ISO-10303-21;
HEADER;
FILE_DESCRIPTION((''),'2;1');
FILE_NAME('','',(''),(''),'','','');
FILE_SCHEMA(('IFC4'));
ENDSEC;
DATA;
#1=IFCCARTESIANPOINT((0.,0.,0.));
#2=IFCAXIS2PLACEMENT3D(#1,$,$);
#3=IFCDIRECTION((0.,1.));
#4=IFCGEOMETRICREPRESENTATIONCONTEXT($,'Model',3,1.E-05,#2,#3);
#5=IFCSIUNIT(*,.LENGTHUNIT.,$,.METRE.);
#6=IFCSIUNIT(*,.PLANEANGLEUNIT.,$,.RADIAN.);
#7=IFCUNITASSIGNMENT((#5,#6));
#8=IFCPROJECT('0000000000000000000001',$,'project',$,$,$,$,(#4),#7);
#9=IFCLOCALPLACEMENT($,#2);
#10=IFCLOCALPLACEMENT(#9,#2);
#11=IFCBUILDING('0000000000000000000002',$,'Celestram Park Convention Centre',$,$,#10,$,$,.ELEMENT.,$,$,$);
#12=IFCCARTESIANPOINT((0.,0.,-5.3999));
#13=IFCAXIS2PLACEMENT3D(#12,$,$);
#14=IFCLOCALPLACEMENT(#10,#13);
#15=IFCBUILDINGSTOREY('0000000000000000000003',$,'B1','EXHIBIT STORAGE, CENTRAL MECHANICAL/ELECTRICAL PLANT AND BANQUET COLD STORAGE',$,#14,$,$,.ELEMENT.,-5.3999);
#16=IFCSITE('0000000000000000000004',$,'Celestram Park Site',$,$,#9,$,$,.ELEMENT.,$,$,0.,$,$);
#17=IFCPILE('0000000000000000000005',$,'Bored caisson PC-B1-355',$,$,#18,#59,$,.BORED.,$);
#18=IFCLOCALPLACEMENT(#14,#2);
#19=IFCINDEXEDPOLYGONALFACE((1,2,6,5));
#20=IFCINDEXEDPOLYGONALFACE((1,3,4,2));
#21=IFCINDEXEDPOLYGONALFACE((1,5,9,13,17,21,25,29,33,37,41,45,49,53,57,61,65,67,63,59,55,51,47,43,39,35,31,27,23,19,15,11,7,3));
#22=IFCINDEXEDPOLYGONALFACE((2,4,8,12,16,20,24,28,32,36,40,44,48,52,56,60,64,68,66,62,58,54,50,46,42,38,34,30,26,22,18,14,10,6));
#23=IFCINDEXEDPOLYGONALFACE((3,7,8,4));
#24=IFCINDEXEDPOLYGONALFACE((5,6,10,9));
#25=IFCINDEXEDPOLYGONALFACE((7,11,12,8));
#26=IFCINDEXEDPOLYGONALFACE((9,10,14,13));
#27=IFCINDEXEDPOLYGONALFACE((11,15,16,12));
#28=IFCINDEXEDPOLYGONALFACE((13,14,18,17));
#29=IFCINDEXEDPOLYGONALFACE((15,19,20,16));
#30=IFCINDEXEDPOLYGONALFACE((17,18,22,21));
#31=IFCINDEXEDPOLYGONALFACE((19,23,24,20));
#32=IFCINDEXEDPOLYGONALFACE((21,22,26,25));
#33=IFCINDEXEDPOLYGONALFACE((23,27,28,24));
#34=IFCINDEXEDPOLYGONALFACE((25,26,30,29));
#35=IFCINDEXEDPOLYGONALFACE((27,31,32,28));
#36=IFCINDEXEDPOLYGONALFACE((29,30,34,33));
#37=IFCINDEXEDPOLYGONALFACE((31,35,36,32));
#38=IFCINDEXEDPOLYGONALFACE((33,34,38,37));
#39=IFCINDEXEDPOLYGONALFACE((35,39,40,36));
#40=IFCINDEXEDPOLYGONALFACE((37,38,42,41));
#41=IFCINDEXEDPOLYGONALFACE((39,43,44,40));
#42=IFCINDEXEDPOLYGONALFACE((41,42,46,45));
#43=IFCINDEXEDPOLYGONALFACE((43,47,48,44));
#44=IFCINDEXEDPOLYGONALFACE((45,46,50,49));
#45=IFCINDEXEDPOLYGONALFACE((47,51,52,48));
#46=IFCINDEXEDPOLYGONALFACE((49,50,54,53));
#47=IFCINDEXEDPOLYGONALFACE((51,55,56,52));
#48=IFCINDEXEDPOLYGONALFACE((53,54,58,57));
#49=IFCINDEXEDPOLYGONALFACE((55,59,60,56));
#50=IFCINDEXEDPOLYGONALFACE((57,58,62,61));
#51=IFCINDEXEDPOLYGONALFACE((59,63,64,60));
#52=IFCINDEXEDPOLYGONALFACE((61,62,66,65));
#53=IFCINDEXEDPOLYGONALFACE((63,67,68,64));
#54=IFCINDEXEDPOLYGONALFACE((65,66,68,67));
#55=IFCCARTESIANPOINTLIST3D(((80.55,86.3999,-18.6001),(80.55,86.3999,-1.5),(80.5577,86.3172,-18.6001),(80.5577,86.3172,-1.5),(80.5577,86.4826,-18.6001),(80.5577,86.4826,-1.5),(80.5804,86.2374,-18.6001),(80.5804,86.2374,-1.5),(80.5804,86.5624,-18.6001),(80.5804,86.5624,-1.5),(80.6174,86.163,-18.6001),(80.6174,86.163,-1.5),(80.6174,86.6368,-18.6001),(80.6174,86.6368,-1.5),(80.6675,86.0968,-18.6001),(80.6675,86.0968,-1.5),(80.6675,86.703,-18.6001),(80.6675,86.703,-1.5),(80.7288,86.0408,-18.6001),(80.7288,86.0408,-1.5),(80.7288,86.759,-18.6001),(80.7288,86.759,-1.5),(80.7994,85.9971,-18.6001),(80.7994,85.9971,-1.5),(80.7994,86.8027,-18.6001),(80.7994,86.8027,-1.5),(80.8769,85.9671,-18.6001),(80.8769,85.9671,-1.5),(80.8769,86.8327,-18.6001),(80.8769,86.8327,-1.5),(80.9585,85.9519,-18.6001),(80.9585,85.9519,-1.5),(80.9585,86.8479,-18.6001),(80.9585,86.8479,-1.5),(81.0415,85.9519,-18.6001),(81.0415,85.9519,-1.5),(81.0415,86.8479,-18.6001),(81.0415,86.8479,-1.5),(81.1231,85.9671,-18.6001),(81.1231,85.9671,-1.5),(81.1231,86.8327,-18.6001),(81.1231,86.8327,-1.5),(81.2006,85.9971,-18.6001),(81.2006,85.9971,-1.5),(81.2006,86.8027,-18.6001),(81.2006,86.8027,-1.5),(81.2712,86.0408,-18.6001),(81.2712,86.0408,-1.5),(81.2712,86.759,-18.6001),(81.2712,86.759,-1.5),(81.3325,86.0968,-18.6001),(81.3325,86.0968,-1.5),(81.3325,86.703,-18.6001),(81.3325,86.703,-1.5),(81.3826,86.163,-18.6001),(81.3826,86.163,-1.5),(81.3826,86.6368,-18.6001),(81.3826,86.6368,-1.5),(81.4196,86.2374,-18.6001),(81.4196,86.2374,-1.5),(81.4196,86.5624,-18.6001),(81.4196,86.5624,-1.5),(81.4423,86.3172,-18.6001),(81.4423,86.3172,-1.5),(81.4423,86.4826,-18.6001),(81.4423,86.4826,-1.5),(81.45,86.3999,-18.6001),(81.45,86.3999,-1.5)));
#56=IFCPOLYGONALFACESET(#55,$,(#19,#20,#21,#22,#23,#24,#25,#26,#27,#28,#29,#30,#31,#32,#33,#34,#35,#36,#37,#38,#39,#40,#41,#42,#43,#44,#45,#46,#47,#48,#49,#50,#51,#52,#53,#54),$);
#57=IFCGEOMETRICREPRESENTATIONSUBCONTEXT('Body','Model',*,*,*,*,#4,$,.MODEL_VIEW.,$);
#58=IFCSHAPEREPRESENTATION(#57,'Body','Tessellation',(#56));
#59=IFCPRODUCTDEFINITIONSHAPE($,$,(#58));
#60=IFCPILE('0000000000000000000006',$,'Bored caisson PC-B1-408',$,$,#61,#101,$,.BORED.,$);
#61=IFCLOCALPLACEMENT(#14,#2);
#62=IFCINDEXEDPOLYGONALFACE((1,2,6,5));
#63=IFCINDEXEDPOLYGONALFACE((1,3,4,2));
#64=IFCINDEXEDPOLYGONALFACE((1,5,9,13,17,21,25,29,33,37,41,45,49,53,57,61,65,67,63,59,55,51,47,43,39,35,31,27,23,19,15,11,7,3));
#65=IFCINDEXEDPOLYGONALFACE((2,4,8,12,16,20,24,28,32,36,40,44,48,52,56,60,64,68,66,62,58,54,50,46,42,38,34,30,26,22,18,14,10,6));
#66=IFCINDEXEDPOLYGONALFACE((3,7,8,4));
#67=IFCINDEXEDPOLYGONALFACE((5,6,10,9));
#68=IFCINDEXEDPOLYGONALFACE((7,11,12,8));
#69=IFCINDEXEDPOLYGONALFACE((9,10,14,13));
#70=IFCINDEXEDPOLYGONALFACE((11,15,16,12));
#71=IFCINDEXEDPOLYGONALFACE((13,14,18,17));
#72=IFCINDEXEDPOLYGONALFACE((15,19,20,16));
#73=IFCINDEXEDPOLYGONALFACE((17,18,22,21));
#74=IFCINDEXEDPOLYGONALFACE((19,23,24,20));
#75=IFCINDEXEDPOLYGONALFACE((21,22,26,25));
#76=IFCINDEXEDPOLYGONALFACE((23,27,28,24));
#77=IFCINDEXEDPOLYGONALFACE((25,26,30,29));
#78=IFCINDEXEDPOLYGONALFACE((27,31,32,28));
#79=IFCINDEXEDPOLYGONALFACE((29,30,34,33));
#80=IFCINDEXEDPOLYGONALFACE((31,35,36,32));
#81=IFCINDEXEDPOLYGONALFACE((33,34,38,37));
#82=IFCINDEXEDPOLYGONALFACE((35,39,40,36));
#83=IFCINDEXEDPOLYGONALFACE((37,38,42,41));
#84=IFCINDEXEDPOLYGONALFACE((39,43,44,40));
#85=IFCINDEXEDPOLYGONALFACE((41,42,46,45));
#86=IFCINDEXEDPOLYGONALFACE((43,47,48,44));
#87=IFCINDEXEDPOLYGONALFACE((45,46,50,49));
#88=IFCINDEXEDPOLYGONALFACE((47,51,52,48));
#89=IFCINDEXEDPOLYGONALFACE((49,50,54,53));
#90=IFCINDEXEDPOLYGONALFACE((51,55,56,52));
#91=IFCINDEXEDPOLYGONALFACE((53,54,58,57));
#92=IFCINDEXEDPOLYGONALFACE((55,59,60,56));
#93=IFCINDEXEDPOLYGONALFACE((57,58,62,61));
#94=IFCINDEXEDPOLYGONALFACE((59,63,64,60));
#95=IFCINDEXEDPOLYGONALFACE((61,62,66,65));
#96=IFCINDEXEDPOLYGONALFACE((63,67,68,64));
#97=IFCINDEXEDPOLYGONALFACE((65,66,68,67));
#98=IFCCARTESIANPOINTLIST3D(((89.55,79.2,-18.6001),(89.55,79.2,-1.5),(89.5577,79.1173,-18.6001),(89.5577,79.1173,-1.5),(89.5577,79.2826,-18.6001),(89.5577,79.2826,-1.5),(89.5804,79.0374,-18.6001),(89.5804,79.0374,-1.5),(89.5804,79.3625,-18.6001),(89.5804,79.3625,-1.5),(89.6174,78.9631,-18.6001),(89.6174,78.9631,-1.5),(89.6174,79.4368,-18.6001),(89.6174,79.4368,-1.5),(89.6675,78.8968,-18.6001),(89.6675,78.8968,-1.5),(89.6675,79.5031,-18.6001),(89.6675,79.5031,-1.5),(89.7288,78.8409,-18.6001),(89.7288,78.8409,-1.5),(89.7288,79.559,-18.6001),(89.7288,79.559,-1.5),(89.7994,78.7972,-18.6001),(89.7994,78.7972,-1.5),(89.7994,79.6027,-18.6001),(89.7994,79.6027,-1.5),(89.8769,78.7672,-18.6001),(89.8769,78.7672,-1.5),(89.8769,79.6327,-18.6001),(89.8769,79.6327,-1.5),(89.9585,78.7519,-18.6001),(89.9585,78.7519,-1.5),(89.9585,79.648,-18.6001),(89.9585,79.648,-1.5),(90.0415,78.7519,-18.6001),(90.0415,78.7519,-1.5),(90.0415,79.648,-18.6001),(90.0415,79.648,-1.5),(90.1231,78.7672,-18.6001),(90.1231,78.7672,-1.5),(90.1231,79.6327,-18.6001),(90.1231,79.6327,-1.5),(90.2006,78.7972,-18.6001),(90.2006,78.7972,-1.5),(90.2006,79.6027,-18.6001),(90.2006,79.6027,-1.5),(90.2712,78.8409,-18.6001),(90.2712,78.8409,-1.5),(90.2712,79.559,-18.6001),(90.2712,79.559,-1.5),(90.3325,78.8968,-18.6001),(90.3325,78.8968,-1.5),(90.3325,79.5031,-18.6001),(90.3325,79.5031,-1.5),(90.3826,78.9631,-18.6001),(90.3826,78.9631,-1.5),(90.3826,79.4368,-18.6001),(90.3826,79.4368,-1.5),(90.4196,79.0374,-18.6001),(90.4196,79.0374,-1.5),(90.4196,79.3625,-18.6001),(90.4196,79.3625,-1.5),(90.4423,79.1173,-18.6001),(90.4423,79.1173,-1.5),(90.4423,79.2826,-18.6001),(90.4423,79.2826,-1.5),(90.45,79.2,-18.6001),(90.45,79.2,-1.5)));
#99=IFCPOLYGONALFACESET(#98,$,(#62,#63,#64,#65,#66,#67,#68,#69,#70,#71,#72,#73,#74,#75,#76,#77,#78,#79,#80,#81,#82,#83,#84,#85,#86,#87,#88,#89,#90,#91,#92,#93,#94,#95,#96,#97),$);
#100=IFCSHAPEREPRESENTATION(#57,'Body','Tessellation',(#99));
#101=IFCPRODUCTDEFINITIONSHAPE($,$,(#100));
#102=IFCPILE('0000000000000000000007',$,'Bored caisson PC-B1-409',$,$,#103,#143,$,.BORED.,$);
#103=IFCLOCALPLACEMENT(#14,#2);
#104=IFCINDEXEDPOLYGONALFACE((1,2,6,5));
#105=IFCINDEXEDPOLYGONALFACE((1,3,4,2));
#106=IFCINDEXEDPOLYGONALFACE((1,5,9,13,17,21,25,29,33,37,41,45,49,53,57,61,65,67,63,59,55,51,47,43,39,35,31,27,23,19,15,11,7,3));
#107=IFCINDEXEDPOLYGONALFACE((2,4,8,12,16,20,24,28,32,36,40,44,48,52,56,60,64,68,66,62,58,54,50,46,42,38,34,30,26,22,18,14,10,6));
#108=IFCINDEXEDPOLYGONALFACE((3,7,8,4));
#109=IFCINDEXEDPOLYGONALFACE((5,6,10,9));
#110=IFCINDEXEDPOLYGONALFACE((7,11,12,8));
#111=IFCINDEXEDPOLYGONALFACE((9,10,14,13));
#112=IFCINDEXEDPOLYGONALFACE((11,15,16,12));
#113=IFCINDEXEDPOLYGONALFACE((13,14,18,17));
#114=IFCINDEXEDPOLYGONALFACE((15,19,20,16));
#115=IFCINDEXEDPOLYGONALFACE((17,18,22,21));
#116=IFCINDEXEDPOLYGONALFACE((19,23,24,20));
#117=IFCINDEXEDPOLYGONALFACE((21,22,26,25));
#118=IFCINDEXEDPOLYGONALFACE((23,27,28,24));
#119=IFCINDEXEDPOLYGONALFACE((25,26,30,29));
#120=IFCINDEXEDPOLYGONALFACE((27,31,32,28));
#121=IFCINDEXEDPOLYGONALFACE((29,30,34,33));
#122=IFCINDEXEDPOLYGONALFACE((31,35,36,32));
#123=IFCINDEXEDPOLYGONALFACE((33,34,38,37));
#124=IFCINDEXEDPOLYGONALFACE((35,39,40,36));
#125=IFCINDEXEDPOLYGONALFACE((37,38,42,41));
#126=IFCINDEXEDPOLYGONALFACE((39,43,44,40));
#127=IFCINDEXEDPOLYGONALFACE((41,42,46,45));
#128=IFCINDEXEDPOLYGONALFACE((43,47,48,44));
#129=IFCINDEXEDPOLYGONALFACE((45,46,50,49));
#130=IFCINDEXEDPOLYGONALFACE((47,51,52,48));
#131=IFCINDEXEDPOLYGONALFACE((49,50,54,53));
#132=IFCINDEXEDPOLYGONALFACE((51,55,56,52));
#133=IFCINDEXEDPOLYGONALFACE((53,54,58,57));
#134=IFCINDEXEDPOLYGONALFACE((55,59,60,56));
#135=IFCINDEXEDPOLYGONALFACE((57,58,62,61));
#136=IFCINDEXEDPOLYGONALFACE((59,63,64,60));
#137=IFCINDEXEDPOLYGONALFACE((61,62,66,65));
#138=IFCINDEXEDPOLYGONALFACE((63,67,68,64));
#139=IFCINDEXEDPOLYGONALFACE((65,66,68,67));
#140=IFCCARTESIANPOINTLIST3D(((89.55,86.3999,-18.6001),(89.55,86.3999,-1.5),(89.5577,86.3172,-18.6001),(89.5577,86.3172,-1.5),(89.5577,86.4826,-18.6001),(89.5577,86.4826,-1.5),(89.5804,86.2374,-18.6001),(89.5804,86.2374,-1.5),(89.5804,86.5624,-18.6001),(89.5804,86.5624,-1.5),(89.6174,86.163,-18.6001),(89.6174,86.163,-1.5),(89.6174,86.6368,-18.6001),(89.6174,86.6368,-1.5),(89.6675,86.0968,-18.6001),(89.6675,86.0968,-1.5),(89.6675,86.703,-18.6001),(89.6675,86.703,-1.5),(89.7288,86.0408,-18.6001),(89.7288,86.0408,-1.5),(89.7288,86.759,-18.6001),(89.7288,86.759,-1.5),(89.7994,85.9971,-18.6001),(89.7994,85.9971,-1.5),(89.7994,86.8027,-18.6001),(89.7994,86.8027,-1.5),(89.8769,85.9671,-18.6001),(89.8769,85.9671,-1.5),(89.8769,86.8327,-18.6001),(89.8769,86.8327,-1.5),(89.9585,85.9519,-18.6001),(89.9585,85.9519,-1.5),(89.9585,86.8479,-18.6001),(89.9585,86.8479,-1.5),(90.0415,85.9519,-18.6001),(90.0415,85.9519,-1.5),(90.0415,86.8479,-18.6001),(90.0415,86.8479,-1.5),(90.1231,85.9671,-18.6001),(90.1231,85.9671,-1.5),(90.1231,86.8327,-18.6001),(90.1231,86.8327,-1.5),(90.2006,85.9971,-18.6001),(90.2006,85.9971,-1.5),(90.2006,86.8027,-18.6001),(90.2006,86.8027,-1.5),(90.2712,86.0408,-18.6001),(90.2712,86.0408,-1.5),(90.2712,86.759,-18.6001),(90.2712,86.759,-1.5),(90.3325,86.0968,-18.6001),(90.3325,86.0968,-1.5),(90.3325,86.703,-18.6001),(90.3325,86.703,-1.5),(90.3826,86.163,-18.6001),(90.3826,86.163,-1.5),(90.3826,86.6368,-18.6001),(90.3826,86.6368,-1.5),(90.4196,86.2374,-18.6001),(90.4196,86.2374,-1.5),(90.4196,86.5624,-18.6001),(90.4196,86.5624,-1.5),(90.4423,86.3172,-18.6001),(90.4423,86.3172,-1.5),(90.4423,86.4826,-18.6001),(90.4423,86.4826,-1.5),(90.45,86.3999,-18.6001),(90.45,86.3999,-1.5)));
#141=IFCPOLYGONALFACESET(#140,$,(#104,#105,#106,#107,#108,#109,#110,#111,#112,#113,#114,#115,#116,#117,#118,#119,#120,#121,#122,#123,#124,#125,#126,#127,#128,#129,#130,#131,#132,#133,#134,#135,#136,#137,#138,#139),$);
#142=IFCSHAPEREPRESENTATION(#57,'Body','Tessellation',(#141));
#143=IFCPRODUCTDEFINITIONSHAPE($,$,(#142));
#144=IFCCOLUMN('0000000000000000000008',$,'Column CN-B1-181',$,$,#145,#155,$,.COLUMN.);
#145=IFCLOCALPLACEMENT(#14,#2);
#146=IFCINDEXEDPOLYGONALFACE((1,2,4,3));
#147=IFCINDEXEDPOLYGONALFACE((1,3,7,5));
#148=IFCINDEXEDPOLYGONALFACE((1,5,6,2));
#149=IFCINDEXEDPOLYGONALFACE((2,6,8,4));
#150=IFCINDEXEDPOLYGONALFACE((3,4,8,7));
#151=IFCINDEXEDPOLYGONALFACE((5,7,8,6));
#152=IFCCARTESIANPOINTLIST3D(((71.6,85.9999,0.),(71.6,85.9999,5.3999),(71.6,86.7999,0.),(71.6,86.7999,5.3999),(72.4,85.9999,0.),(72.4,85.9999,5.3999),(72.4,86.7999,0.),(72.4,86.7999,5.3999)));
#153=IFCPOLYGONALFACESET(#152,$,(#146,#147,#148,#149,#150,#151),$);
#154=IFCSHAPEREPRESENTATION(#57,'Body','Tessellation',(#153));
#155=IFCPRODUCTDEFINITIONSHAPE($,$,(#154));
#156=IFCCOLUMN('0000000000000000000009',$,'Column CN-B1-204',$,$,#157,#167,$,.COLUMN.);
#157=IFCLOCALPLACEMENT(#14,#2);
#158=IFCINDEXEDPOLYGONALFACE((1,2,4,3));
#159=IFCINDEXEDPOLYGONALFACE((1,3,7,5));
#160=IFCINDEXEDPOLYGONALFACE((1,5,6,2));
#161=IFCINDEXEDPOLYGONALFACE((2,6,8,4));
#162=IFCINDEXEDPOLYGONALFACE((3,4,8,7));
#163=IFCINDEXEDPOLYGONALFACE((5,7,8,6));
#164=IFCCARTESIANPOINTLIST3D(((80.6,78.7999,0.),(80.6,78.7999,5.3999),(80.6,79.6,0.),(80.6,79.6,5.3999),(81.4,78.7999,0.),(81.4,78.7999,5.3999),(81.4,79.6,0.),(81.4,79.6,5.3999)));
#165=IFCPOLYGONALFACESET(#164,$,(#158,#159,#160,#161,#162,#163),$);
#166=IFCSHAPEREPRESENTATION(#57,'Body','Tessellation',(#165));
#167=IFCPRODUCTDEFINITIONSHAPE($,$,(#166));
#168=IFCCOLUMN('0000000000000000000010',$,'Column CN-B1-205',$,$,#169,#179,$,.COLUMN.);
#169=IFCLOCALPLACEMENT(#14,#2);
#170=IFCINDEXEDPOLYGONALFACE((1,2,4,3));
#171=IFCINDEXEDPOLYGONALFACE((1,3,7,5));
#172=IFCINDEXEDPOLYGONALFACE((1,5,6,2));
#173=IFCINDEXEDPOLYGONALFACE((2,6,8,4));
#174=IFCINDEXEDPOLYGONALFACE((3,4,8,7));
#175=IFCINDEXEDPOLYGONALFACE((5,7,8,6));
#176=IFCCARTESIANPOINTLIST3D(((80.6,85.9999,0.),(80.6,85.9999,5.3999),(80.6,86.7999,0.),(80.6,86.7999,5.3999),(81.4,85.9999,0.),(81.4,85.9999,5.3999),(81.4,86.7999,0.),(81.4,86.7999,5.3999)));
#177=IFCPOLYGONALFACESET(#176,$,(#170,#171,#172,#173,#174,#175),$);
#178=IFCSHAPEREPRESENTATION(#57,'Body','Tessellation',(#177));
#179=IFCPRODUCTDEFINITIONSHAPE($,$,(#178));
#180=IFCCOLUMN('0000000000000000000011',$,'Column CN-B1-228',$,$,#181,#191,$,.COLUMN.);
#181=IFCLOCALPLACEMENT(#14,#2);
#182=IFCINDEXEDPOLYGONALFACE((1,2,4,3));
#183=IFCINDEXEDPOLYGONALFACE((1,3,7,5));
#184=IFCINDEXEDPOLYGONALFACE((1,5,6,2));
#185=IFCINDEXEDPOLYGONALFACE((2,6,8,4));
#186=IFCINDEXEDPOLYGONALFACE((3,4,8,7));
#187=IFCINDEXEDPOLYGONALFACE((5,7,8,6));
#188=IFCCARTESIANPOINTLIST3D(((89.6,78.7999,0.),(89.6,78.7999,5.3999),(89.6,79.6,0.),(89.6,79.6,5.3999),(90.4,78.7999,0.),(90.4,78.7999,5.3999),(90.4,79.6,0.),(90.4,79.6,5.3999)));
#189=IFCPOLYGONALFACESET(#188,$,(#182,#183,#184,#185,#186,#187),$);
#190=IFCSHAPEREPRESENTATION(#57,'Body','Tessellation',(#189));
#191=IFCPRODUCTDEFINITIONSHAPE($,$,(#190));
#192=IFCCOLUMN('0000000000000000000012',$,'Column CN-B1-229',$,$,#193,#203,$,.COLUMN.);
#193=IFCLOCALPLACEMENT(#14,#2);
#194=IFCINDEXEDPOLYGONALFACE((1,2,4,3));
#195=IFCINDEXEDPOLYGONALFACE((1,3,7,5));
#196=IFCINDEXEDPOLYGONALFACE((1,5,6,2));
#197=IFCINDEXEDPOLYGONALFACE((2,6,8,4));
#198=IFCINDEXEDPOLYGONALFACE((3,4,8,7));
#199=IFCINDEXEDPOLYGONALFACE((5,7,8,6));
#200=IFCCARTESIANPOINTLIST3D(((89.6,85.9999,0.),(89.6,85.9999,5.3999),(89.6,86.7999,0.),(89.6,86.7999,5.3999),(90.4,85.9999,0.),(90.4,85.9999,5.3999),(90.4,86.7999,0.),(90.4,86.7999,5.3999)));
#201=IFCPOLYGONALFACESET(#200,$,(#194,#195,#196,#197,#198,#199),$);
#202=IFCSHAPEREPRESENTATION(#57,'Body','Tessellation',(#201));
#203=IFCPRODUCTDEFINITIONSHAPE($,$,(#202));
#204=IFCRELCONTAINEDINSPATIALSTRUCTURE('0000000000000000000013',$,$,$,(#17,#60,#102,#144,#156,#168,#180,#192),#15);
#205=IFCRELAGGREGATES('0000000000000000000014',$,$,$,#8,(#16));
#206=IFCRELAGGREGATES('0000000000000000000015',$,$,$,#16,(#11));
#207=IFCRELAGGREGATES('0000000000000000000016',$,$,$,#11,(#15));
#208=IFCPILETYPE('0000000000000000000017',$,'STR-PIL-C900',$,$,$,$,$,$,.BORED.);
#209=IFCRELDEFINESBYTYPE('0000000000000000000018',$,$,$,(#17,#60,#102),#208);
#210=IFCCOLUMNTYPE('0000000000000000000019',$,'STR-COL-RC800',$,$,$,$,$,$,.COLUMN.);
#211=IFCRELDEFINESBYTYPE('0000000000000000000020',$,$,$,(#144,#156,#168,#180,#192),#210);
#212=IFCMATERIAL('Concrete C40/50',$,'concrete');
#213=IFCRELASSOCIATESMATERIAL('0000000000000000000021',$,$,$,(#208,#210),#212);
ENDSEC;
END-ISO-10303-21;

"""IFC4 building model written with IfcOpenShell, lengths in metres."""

from ifc_helpers import new_model, si_unit, direction, frame, origin, origin_2d, place, context, subcontext, project, spatial, rectangle, circle, extrude, material, material_profile, profile_set, type_object, element, save


model = new_model("IFC4")

# Units and contexts
model_context = context("Model", 3, precision=1e-05, world=origin(), true_north=direction((0.0, 1.0)))
body_context = subcontext(model_context, "Body", "Model", "MODEL_VIEW")
ifc_project = project(units=[si_unit("LENGTHUNIT", "METRE"), si_unit("PLANEANGLEUNIT", "RADIAN")], contexts=[model_context])

# Site, building, storey
site_placement = place(None, origin())
site = spatial("IfcSite", under=ifc_project, at=site_placement, Name="Celestram Park Site", CompositionType="ELEMENT", RefElevation=0.0)
building_placement = place(site_placement, origin())
building = spatial("IfcBuilding", under=site, at=building_placement, Name="Celestram Park Convention Centre", CompositionType="ELEMENT")
storey_placement = place(building_placement, frame((0.0, 0.0, -5.3999)))
storey = spatial("IfcBuildingStorey", under=building, at=storey_placement, Name="B1", Description="EXHIBIT STORAGE, CENTRAL MECHANICAL/ELECTRICAL PLANT AND BANQUET COLD STORAGE", CompositionType="ELEMENT", Elevation=-5.3999)

# Shared definitions
ifc_material_1 = material(Name="Concrete C40/50", Category="concrete")

# Piles
ifc_material_profile_1 = material_profile(ifc_material_1, circle(Radius=0.45, at=origin_2d()), Name="CAISSON900")
ifc_profile_set_1 = profile_set([ifc_material_profile_1], Name="Concrete C40/50")
pile_type = type_object("IfcPileType", Name="STR-PIL-C900", PredefinedType="BORED", material=ifc_profile_set_1)
for number, where, z_axis, x_axis, name in (
    (1, (81.0, 86.3999, -1.5), (0.0, 0.0, -1.0), (1.0, 0.0, 0.0), "Bored caisson PC-B1-355"),
    (2, (90.0, 79.2, -1.5), (0.0, 0.0, -1.0), (1.0, 0.0, 0.0), "Bored caisson PC-B1-408"),
    (3, (90.0, 86.3999, -1.5), (0.0, 0.0, -1.0), (1.0, 0.0, 0.0), "Bored caisson PC-B1-409"),
):
    element("IfcPile", number, at=place(storey_placement, frame(where, z_axis=z_axis, x_axis=x_axis)), inside=storey, type_object=pile_type, Name=name, PredefinedType="BORED", context=body_context, shape_type="SweptSolid", body=[
        extrude(circle(Radius=0.45, at=origin_2d()), origin(), (0.0, 0.0, 1.0), 17.1001),
    ])

# Columns
ifc_material_profile_2 = material_profile(ifc_material_1, rectangle(XDim=0.8, YDim=0.8, at=origin_2d()), Name="RC800X800")
ifc_profile_set_2 = profile_set([ifc_material_profile_2], Name="Concrete C40/50")
column_type = type_object("IfcColumnType", Name="STR-COL-RC800", PredefinedType="COLUMN", material=ifc_profile_set_2)
for number, where, z_axis, x_axis, name in (
    (4, (72.0, 86.3999, 0.0), (0.0, 0.0, 1.0), (1.0, 0.0, 0.0), "Column CN-B1-181"),
    (5, (81.0, 79.2, 0.0), (0.0, 0.0, 1.0), (1.0, 0.0, 0.0), "Column CN-B1-204"),
    (6, (81.0, 86.3999, 0.0), (0.0, 0.0, 1.0), (1.0, 0.0, 0.0), "Column CN-B1-205"),
    (7, (90.0, 79.2, 0.0), (0.0, 0.0, 1.0), (1.0, 0.0, 0.0), "Column CN-B1-228"),
    (8, (90.0, 86.3999, 0.0), (0.0, 0.0, 1.0), (1.0, 0.0, 0.0), "Column CN-B1-229"),
):
    element("IfcColumn", number, at=place(storey_placement, frame(where, z_axis=z_axis, x_axis=x_axis)), inside=storey, type_object=column_type, Name=name, PredefinedType="COLUMN", context=body_context, shape_type="SweptSolid", body=[
        extrude(rectangle(XDim=0.8, YDim=0.8, at=origin_2d()), origin(), (0.0, 0.0, 1.0), 5.3999),
    ])

save(model, "model.ifc")
